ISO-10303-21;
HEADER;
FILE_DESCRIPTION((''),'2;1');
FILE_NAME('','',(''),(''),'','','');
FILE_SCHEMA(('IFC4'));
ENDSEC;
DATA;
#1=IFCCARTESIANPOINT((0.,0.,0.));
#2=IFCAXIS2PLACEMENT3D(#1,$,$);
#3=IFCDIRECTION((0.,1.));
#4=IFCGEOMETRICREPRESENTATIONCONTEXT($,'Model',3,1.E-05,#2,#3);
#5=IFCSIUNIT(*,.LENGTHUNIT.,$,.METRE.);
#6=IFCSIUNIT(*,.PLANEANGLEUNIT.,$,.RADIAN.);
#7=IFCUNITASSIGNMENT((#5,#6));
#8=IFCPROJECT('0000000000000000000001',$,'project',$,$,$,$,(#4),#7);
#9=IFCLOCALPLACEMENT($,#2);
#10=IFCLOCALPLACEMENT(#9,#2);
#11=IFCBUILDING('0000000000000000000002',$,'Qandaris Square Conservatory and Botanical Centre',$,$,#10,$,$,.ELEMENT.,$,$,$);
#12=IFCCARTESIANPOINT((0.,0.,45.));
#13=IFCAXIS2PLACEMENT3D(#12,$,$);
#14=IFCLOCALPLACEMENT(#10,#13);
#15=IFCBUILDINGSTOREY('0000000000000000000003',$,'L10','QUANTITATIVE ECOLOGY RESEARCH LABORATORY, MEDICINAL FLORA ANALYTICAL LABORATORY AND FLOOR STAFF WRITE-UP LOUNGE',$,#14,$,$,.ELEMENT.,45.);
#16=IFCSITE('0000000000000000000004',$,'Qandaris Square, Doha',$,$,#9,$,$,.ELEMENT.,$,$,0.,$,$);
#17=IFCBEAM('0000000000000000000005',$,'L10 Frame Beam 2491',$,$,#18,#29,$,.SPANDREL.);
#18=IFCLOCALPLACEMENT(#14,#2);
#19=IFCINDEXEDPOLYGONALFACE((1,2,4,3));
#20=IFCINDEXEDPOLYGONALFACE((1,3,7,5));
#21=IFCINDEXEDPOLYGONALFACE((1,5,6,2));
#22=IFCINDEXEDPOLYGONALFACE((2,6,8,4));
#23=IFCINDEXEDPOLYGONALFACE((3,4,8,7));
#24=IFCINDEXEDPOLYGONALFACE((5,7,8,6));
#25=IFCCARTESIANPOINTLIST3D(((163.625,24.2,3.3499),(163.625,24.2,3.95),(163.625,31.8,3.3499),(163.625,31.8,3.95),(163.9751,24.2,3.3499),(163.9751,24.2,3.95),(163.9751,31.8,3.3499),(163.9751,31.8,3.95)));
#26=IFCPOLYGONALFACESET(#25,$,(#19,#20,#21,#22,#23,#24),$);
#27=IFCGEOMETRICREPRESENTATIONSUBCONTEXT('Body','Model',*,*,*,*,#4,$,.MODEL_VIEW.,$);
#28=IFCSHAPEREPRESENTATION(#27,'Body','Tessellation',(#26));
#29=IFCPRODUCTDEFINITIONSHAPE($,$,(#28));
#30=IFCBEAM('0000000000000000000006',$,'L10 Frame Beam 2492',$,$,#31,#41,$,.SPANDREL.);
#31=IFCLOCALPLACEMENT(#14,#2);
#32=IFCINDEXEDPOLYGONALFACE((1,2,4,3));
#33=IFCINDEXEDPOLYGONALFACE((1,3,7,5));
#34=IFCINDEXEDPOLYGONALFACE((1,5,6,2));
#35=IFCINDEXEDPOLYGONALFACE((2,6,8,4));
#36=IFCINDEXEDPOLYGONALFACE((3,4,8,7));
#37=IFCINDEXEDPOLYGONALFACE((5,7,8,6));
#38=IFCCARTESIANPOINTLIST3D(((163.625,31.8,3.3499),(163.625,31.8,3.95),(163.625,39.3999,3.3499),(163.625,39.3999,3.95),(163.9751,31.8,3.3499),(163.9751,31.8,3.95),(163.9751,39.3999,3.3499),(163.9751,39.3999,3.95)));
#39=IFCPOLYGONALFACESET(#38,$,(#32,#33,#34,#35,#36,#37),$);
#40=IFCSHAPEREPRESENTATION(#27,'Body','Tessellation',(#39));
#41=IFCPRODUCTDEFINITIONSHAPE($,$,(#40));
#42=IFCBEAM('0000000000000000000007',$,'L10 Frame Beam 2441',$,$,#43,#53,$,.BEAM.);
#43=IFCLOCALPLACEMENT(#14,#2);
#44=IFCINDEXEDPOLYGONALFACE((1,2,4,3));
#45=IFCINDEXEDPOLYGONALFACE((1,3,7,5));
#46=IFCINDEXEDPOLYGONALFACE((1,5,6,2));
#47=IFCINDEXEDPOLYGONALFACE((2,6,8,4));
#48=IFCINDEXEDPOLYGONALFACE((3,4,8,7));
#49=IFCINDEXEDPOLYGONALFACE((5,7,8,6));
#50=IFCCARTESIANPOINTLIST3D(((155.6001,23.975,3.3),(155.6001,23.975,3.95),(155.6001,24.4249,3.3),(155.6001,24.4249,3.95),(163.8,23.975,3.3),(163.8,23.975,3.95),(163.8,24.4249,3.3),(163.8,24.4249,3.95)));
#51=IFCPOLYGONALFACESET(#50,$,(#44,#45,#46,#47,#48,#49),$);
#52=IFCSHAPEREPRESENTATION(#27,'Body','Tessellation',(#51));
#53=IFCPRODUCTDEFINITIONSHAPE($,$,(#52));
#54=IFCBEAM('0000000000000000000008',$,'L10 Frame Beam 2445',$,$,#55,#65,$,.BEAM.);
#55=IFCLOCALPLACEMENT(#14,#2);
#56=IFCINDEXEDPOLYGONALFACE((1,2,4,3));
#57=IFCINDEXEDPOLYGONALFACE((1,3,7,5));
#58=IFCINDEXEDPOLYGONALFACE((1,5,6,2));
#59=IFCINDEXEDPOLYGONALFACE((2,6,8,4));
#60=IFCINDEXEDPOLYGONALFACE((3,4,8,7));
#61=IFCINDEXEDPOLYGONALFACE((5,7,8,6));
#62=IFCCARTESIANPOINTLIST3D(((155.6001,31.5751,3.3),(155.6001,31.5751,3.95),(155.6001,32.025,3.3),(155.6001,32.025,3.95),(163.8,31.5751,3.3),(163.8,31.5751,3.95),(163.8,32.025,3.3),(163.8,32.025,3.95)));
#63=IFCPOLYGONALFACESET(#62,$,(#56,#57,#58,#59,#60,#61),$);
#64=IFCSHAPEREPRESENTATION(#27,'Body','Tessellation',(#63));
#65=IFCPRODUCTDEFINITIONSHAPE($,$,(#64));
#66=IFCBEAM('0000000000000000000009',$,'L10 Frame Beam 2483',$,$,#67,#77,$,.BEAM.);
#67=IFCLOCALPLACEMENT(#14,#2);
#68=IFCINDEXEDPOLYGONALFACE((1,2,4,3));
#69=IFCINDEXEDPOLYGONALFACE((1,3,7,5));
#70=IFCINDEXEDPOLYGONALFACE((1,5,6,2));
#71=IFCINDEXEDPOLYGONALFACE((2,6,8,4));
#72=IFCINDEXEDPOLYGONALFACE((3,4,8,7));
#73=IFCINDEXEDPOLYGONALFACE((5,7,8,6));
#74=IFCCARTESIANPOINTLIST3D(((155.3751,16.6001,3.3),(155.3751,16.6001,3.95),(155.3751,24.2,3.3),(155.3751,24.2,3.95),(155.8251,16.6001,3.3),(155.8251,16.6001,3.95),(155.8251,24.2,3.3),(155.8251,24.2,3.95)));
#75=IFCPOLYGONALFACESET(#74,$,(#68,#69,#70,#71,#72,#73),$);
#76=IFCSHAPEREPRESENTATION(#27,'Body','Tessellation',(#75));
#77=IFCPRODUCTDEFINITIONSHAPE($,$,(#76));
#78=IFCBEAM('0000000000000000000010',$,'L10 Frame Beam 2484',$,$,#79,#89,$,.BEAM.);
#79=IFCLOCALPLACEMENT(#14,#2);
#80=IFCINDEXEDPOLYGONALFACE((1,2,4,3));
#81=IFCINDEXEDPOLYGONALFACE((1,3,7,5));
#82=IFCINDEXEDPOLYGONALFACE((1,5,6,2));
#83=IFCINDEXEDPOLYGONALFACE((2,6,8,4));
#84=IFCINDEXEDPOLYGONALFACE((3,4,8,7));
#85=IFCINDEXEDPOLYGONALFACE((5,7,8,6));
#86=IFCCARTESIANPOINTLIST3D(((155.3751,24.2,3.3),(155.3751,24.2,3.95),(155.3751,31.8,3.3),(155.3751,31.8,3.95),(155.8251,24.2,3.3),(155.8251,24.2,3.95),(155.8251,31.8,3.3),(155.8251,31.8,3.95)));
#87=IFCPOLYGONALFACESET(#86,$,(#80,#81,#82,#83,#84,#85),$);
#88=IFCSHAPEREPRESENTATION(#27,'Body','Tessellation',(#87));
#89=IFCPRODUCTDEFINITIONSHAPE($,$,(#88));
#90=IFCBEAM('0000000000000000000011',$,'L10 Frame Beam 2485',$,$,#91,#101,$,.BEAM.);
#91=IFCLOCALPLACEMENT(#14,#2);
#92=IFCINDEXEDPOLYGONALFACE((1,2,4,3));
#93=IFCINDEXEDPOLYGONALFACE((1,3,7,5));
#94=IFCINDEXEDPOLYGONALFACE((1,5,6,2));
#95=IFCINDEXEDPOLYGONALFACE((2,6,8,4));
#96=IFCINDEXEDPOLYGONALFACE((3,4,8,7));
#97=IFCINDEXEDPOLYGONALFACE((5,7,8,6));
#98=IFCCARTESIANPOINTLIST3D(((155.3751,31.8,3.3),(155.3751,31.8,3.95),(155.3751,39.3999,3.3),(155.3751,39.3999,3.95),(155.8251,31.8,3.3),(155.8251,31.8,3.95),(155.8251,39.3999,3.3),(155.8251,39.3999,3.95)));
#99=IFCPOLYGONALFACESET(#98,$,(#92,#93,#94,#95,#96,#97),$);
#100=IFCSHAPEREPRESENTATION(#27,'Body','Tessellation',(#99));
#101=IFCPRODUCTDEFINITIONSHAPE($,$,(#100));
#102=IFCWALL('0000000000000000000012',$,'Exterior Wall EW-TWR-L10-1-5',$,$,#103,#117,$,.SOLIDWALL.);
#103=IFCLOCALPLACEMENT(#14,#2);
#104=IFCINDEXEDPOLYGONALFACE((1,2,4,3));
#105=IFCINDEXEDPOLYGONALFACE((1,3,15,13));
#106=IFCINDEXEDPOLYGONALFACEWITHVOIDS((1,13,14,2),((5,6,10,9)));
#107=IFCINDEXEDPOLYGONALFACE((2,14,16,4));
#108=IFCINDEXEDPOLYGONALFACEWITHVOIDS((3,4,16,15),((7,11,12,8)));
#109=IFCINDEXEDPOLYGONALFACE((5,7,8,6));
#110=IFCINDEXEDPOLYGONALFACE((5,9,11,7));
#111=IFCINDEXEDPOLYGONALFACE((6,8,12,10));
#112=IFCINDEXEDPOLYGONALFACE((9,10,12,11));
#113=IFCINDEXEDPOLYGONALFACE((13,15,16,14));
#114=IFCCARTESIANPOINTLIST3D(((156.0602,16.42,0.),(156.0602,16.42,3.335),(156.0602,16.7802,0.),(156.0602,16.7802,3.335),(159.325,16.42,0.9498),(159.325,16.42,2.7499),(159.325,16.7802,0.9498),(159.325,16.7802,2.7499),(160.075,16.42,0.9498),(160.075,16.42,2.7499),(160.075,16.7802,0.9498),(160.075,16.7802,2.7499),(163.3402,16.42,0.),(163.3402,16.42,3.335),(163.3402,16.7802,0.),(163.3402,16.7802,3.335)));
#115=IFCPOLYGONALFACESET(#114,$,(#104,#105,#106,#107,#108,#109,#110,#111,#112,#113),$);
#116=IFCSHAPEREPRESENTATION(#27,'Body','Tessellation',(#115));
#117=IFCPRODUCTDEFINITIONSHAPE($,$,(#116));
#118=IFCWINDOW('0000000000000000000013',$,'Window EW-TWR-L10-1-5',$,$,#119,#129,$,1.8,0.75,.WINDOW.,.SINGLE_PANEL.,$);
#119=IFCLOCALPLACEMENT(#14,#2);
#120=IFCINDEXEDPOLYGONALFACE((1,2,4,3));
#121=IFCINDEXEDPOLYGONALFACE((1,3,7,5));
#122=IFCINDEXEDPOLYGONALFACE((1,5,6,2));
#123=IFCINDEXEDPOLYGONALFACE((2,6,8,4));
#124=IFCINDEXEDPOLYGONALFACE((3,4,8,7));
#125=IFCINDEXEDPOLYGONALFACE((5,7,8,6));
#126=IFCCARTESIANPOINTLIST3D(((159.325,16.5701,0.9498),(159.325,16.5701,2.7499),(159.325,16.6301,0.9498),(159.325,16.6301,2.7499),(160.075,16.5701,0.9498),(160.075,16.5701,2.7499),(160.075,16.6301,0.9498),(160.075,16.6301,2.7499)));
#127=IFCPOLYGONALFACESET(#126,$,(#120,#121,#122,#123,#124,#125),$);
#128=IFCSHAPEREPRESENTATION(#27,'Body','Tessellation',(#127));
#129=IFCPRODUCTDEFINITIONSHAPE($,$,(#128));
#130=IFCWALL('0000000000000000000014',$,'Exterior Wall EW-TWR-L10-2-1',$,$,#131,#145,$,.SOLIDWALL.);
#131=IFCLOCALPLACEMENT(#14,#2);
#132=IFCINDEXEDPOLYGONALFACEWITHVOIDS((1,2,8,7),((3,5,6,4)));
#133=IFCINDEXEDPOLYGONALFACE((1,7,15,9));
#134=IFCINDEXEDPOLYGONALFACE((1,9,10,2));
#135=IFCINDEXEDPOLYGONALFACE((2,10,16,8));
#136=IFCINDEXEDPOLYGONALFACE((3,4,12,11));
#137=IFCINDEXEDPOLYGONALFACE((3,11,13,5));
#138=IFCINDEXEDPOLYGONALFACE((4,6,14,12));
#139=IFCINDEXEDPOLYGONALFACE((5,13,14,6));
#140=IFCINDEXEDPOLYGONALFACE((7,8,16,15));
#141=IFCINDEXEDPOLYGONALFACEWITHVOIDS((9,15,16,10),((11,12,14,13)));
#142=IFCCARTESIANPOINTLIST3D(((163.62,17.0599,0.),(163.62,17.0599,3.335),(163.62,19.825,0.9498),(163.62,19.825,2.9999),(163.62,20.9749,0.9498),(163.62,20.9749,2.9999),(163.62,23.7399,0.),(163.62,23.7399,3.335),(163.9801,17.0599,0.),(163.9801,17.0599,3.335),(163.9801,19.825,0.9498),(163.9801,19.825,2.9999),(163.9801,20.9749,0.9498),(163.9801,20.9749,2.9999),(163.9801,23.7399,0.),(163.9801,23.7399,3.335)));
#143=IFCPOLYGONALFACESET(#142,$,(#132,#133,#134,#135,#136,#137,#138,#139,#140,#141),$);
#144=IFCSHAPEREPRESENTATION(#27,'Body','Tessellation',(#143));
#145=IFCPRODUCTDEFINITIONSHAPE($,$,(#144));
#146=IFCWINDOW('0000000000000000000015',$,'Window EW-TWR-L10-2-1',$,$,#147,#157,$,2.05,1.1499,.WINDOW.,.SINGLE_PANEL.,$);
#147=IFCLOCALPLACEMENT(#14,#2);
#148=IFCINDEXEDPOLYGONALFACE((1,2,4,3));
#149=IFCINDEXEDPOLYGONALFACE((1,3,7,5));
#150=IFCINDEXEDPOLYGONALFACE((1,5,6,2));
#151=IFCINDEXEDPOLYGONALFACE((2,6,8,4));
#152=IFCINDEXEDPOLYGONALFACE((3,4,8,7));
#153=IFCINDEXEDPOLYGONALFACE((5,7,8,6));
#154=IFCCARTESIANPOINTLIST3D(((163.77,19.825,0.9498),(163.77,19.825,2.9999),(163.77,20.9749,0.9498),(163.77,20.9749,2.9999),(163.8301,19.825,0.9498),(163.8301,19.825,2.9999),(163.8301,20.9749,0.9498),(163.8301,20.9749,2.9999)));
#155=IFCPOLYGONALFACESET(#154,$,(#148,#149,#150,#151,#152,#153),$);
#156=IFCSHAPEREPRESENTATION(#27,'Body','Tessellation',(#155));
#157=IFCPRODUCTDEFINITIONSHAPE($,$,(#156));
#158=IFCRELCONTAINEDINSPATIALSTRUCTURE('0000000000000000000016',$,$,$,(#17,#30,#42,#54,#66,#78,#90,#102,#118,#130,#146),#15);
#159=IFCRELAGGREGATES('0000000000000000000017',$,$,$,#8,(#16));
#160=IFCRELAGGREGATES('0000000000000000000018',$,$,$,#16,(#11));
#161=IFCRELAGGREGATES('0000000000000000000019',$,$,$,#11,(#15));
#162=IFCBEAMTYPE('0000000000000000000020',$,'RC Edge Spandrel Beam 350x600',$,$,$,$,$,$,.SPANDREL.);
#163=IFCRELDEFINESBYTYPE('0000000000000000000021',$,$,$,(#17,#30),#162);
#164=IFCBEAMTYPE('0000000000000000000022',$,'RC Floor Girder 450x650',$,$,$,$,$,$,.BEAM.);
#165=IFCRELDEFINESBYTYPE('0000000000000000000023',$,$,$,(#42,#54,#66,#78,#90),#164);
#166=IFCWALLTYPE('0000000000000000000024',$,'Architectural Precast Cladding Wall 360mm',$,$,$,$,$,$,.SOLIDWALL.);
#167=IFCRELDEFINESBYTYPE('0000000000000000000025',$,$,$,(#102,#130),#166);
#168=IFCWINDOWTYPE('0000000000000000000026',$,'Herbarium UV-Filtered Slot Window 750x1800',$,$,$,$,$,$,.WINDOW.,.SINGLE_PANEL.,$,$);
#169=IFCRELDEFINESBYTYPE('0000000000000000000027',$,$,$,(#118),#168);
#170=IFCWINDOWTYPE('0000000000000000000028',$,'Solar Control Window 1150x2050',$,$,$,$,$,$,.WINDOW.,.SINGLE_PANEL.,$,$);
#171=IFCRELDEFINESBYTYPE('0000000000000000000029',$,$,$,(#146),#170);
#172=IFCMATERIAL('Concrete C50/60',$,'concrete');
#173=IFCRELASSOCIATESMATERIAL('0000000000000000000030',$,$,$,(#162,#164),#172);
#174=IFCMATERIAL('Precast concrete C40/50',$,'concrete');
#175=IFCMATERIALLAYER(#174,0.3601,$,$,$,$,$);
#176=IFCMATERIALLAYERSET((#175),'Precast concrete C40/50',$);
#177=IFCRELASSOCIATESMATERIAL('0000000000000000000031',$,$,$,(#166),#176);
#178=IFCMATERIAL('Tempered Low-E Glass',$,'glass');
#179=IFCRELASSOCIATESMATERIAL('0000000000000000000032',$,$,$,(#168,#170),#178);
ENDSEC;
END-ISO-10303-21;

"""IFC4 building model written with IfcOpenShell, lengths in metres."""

from ifc_helpers import new_model, si_unit, direction, frame, frame_2d, origin, origin_2d, place, context, subcontext, project, spatial, rectangle, extrude, material, layer, layer_set, material_profile, profile_set, type_object, element, fill, save


model = new_model("IFC4")

# Units and contexts
model_context = context("Model", 3, precision=1e-05, world=origin(), true_north=direction((0.0, 1.0)))
body_context = subcontext(model_context, "Body", "Model", "MODEL_VIEW")
ifc_project = project(units=[si_unit("LENGTHUNIT", "METRE"), si_unit("PLANEANGLEUNIT", "RADIAN")], contexts=[model_context])

# Site, building, storey
site_placement = place(None, origin())
site = spatial("IfcSite", under=ifc_project, at=site_placement, Name="Qandaris Square, Doha", CompositionType="ELEMENT", RefElevation=0.0)
building_placement = place(site_placement, origin())
building = spatial("IfcBuilding", under=site, at=building_placement, Name="Qandaris Square Conservatory and Botanical Centre", CompositionType="ELEMENT")
storey_placement = place(building_placement, frame((0.0, 0.0, 45.0)))
storey = spatial("IfcBuildingStorey", under=building, at=storey_placement, Name="L10", Description="QUANTITATIVE ECOLOGY RESEARCH LABORATORY, MEDICINAL FLORA ANALYTICAL LABORATORY AND FLOOR STAFF WRITE-UP LOUNGE", CompositionType="ELEMENT", Elevation=45.0)

# Shared definitions
ifc_material_1 = material(Name="Concrete C50/60", Category="concrete")

# Beams
ifc_material_profile_1 = material_profile(ifc_material_1, rectangle(XDim=0.3501, YDim=0.6001, at=origin_2d()), Name="RC-SP 350x600")
ifc_profile_set_1 = profile_set([ifc_material_profile_1], Name="Concrete C50/60")
beam_type_1 = type_object("IfcBeamType", Name="RC Edge Spandrel Beam 350x600", PredefinedType="SPANDREL", material=ifc_profile_set_1)
beam_1_placement = place(storey_placement, frame((163.8, 24.2, 3.6499), z_axis=(0.0, 1.0, 0.0), x_axis=(-1.0, 0.0, 0.0)))
element("IfcBeam", 1, at=beam_1_placement, inside=storey, type_object=beam_type_1, Name="L10 Frame Beam 2491", PredefinedType="SPANDREL", context=body_context, shape_type="SweptSolid", body=[
    extrude(rectangle(XDim=0.3501, YDim=0.6001, at=origin_2d()), origin(), (0.0, 0.0, 1.0), 7.6001),
])
beam_2_placement = place(storey_placement, frame((163.8, 31.8, 3.6499), z_axis=(0.0, 1.0, 0.0), x_axis=(-1.0, 0.0, 0.0)))
element("IfcBeam", 2, at=beam_2_placement, inside=storey, type_object=beam_type_1, Name="L10 Frame Beam 2492", PredefinedType="SPANDREL", context=body_context, shape_type="SweptSolid", body=[
    extrude(rectangle(XDim=0.3501, YDim=0.6001, at=origin_2d()), origin(), (0.0, 0.0, 1.0), 7.5999),
])
ifc_material_profile_2 = material_profile(ifc_material_1, rectangle(XDim=0.45, YDim=0.6499, at=origin_2d()), Name="RC-BM 450x650")
ifc_profile_set_2 = profile_set([ifc_material_profile_2], Name="Concrete C50/60")
beam_type_2 = type_object("IfcBeamType", Name="RC Floor Girder 450x650", PredefinedType="BEAM", material=ifc_profile_set_2)
for number, where, z_axis, x_axis, name in (
    (3, (155.6001, 24.2, 3.625), (1.0, 0.0, 0.0), (0.0, 1.0, 0.0), "L10 Frame Beam 2441"),
    (4, (155.6001, 31.8, 3.625), (1.0, 0.0, 0.0), (0.0, 1.0, 0.0), "L10 Frame Beam 2445"),
):
    element("IfcBeam", number, at=place(storey_placement, frame(where, z_axis=z_axis, x_axis=x_axis)), inside=storey, type_object=beam_type_2, Name=name, PredefinedType="BEAM", context=body_context, shape_type="SweptSolid", body=[
        extrude(rectangle(XDim=0.45, YDim=0.6499, at=origin_2d()), origin(), (0.0, 0.0, 1.0), 8.2),
    ])
beam_3_placement = place(storey_placement, frame((155.6001, 16.6001, 3.625), z_axis=(0.0, 1.0, 0.0), x_axis=(-1.0, 0.0, 0.0)))
element("IfcBeam", 5, at=beam_3_placement, inside=storey, type_object=beam_type_2, Name="L10 Frame Beam 2483", PredefinedType="BEAM", context=body_context, shape_type="SweptSolid", body=[
    extrude(rectangle(XDim=0.45, YDim=0.6499, at=origin_2d()), origin(), (0.0, 0.0, 1.0), 7.5999),
])
beam_4_placement = place(storey_placement, frame((155.6001, 24.2, 3.625), z_axis=(0.0, 1.0, 0.0), x_axis=(-1.0, 0.0, 0.0)))
element("IfcBeam", 6, at=beam_4_placement, inside=storey, type_object=beam_type_2, Name="L10 Frame Beam 2484", PredefinedType="BEAM", context=body_context, shape_type="SweptSolid", body=[
    extrude(rectangle(XDim=0.45, YDim=0.6499, at=origin_2d()), origin(), (0.0, 0.0, 1.0), 7.6001),
])
beam_5_placement = place(storey_placement, frame((155.6001, 31.8, 3.625), z_axis=(0.0, 1.0, 0.0), x_axis=(-1.0, 0.0, 0.0)))
element("IfcBeam", 7, at=beam_5_placement, inside=storey, type_object=beam_type_2, Name="L10 Frame Beam 2485", PredefinedType="BEAM", context=body_context, shape_type="SweptSolid", body=[
    extrude(rectangle(XDim=0.45, YDim=0.6499, at=origin_2d()), origin(), (0.0, 0.0, 1.0), 7.5999),
])

# Walls, openings, windows
ifc_material_2 = material(Name="Precast concrete C40/50", Category="concrete")
ifc_layer_1 = layer(ifc_material_2, 0.3601)
ifc_layer_set_1 = layer_set([ifc_layer_1], Name="Precast concrete C40/50")
wall_type_1 = type_object("IfcWallType", Name="Architectural Precast Cladding Wall 360mm", PredefinedType="SOLIDWALL", material=ifc_layer_set_1)
wall_1_placement = place(storey_placement, frame((156.0601, 16.6001, 0.0), z_axis=(0.0, 0.0, 1.0), x_axis=(1.0, 0.0, 0.0)))
wall_1 = element("IfcWall", 8, at=wall_1_placement, inside=storey, type_object=wall_type_1, Name="Exterior Wall EW-TWR-L10-1-5", PredefinedType="SOLIDWALL", context=body_context, shape_type="SweptSolid", body=[
    extrude(rectangle(XDim=7.28, YDim=0.3601, at=frame_2d((3.6401, 0.0))), origin(), (0.0, 0.0, 1.0), 3.335),
])
opening_1_placement = place(wall_1_placement, frame((3.2649, 0.0, 0.95)))
opening_1 = element("IfcOpeningElement", 9, at=opening_1_placement, cuts=wall_1, PredefinedType="OPENING", context=body_context, shape_type="SweptSolid", body=[
    extrude(rectangle(XDim=0.75, YDim=1.8, at=frame_2d((0.375, 0.8999))), frame((0.0, 0.1919, 0.0), z_axis=(0.0, -1.0, 0.0), x_axis=(1.0, 0.0, 0.0)), (0.0, 0.0, 1.0), 0.384),
])
ifc_material_3 = material(Name="Tempered Low-E Glass", Category="glass")
window_type_1 = type_object("IfcWindowType", Name="Herbarium UV-Filtered Slot Window 750x1800", PartitioningType="SINGLE_PANEL", PredefinedType="WINDOW", material=ifc_material_3)
window_1_placement = place(opening_1_placement, origin())
window_1 = element("IfcWindow", 10, at=window_1_placement, inside=storey, type_object=window_type_1, Name="Window EW-TWR-L10-1-5", OverallHeight=1.8, OverallWidth=0.75, PartitioningType="SINGLE_PANEL", PredefinedType="WINDOW", context=body_context, shape_type="SweptSolid", body=[
    extrude(rectangle(XDim=0.75, YDim=1.8, at=frame_2d((0.375, 0.8999))), frame((0.0, 0.03, 0.0), z_axis=(0.0, -1.0, 0.0), x_axis=(1.0, 0.0, 0.0)), (0.0, 0.0, 1.0), 0.0601),
])
fill(opening_1, window_1)
wall_2_placement = place(storey_placement, frame((163.8, 17.0601, 0.0), z_axis=(0.0, 0.0, 1.0), x_axis=(0.0, 1.0, 0.0)))
wall_2 = element("IfcWall", 11, at=wall_2_placement, inside=storey, type_object=wall_type_1, Name="Exterior Wall EW-TWR-L10-2-1", PredefinedType="SOLIDWALL", context=body_context, shape_type="SweptSolid", body=[
    extrude(rectangle(XDim=6.6799, YDim=0.3601, at=frame_2d((3.3398, 0.0))), origin(), (0.0, 0.0, 1.0), 3.335),
])
opening_2_placement = place(wall_2_placement, frame((2.7649, 0.0, 0.95)))
opening_2 = element("IfcOpeningElement", 12, at=opening_2_placement, cuts=wall_2, PredefinedType="OPENING", context=body_context, shape_type="SweptSolid", body=[
    extrude(rectangle(XDim=1.1499, YDim=2.05, at=frame_2d((0.575, 1.0249))), frame((0.0, 0.1919, 0.0), z_axis=(0.0, -1.0, 0.0), x_axis=(1.0, 0.0, 0.0)), (0.0, 0.0, 1.0), 0.384),
])
window_type_2 = type_object("IfcWindowType", Name="Solar Control Window 1150x2050", PartitioningType="SINGLE_PANEL", PredefinedType="WINDOW", material=ifc_material_3)
window_2_placement = place(opening_2_placement, origin())
window_2 = element("IfcWindow", 13, at=window_2_placement, inside=storey, type_object=window_type_2, Name="Window EW-TWR-L10-2-1", OverallHeight=2.05, OverallWidth=1.1499, PartitioningType="SINGLE_PANEL", PredefinedType="WINDOW", context=body_context, shape_type="SweptSolid", body=[
    extrude(rectangle(XDim=1.1499, YDim=2.05, at=frame_2d((0.575, 1.0249))), frame((0.0, 0.03, 0.0), z_axis=(0.0, -1.0, 0.0), x_axis=(1.0, 0.0, 0.0)), (0.0, 0.0, 1.0), 0.0601),
])
fill(opening_2, window_2)

save(model, "model.ifc")
